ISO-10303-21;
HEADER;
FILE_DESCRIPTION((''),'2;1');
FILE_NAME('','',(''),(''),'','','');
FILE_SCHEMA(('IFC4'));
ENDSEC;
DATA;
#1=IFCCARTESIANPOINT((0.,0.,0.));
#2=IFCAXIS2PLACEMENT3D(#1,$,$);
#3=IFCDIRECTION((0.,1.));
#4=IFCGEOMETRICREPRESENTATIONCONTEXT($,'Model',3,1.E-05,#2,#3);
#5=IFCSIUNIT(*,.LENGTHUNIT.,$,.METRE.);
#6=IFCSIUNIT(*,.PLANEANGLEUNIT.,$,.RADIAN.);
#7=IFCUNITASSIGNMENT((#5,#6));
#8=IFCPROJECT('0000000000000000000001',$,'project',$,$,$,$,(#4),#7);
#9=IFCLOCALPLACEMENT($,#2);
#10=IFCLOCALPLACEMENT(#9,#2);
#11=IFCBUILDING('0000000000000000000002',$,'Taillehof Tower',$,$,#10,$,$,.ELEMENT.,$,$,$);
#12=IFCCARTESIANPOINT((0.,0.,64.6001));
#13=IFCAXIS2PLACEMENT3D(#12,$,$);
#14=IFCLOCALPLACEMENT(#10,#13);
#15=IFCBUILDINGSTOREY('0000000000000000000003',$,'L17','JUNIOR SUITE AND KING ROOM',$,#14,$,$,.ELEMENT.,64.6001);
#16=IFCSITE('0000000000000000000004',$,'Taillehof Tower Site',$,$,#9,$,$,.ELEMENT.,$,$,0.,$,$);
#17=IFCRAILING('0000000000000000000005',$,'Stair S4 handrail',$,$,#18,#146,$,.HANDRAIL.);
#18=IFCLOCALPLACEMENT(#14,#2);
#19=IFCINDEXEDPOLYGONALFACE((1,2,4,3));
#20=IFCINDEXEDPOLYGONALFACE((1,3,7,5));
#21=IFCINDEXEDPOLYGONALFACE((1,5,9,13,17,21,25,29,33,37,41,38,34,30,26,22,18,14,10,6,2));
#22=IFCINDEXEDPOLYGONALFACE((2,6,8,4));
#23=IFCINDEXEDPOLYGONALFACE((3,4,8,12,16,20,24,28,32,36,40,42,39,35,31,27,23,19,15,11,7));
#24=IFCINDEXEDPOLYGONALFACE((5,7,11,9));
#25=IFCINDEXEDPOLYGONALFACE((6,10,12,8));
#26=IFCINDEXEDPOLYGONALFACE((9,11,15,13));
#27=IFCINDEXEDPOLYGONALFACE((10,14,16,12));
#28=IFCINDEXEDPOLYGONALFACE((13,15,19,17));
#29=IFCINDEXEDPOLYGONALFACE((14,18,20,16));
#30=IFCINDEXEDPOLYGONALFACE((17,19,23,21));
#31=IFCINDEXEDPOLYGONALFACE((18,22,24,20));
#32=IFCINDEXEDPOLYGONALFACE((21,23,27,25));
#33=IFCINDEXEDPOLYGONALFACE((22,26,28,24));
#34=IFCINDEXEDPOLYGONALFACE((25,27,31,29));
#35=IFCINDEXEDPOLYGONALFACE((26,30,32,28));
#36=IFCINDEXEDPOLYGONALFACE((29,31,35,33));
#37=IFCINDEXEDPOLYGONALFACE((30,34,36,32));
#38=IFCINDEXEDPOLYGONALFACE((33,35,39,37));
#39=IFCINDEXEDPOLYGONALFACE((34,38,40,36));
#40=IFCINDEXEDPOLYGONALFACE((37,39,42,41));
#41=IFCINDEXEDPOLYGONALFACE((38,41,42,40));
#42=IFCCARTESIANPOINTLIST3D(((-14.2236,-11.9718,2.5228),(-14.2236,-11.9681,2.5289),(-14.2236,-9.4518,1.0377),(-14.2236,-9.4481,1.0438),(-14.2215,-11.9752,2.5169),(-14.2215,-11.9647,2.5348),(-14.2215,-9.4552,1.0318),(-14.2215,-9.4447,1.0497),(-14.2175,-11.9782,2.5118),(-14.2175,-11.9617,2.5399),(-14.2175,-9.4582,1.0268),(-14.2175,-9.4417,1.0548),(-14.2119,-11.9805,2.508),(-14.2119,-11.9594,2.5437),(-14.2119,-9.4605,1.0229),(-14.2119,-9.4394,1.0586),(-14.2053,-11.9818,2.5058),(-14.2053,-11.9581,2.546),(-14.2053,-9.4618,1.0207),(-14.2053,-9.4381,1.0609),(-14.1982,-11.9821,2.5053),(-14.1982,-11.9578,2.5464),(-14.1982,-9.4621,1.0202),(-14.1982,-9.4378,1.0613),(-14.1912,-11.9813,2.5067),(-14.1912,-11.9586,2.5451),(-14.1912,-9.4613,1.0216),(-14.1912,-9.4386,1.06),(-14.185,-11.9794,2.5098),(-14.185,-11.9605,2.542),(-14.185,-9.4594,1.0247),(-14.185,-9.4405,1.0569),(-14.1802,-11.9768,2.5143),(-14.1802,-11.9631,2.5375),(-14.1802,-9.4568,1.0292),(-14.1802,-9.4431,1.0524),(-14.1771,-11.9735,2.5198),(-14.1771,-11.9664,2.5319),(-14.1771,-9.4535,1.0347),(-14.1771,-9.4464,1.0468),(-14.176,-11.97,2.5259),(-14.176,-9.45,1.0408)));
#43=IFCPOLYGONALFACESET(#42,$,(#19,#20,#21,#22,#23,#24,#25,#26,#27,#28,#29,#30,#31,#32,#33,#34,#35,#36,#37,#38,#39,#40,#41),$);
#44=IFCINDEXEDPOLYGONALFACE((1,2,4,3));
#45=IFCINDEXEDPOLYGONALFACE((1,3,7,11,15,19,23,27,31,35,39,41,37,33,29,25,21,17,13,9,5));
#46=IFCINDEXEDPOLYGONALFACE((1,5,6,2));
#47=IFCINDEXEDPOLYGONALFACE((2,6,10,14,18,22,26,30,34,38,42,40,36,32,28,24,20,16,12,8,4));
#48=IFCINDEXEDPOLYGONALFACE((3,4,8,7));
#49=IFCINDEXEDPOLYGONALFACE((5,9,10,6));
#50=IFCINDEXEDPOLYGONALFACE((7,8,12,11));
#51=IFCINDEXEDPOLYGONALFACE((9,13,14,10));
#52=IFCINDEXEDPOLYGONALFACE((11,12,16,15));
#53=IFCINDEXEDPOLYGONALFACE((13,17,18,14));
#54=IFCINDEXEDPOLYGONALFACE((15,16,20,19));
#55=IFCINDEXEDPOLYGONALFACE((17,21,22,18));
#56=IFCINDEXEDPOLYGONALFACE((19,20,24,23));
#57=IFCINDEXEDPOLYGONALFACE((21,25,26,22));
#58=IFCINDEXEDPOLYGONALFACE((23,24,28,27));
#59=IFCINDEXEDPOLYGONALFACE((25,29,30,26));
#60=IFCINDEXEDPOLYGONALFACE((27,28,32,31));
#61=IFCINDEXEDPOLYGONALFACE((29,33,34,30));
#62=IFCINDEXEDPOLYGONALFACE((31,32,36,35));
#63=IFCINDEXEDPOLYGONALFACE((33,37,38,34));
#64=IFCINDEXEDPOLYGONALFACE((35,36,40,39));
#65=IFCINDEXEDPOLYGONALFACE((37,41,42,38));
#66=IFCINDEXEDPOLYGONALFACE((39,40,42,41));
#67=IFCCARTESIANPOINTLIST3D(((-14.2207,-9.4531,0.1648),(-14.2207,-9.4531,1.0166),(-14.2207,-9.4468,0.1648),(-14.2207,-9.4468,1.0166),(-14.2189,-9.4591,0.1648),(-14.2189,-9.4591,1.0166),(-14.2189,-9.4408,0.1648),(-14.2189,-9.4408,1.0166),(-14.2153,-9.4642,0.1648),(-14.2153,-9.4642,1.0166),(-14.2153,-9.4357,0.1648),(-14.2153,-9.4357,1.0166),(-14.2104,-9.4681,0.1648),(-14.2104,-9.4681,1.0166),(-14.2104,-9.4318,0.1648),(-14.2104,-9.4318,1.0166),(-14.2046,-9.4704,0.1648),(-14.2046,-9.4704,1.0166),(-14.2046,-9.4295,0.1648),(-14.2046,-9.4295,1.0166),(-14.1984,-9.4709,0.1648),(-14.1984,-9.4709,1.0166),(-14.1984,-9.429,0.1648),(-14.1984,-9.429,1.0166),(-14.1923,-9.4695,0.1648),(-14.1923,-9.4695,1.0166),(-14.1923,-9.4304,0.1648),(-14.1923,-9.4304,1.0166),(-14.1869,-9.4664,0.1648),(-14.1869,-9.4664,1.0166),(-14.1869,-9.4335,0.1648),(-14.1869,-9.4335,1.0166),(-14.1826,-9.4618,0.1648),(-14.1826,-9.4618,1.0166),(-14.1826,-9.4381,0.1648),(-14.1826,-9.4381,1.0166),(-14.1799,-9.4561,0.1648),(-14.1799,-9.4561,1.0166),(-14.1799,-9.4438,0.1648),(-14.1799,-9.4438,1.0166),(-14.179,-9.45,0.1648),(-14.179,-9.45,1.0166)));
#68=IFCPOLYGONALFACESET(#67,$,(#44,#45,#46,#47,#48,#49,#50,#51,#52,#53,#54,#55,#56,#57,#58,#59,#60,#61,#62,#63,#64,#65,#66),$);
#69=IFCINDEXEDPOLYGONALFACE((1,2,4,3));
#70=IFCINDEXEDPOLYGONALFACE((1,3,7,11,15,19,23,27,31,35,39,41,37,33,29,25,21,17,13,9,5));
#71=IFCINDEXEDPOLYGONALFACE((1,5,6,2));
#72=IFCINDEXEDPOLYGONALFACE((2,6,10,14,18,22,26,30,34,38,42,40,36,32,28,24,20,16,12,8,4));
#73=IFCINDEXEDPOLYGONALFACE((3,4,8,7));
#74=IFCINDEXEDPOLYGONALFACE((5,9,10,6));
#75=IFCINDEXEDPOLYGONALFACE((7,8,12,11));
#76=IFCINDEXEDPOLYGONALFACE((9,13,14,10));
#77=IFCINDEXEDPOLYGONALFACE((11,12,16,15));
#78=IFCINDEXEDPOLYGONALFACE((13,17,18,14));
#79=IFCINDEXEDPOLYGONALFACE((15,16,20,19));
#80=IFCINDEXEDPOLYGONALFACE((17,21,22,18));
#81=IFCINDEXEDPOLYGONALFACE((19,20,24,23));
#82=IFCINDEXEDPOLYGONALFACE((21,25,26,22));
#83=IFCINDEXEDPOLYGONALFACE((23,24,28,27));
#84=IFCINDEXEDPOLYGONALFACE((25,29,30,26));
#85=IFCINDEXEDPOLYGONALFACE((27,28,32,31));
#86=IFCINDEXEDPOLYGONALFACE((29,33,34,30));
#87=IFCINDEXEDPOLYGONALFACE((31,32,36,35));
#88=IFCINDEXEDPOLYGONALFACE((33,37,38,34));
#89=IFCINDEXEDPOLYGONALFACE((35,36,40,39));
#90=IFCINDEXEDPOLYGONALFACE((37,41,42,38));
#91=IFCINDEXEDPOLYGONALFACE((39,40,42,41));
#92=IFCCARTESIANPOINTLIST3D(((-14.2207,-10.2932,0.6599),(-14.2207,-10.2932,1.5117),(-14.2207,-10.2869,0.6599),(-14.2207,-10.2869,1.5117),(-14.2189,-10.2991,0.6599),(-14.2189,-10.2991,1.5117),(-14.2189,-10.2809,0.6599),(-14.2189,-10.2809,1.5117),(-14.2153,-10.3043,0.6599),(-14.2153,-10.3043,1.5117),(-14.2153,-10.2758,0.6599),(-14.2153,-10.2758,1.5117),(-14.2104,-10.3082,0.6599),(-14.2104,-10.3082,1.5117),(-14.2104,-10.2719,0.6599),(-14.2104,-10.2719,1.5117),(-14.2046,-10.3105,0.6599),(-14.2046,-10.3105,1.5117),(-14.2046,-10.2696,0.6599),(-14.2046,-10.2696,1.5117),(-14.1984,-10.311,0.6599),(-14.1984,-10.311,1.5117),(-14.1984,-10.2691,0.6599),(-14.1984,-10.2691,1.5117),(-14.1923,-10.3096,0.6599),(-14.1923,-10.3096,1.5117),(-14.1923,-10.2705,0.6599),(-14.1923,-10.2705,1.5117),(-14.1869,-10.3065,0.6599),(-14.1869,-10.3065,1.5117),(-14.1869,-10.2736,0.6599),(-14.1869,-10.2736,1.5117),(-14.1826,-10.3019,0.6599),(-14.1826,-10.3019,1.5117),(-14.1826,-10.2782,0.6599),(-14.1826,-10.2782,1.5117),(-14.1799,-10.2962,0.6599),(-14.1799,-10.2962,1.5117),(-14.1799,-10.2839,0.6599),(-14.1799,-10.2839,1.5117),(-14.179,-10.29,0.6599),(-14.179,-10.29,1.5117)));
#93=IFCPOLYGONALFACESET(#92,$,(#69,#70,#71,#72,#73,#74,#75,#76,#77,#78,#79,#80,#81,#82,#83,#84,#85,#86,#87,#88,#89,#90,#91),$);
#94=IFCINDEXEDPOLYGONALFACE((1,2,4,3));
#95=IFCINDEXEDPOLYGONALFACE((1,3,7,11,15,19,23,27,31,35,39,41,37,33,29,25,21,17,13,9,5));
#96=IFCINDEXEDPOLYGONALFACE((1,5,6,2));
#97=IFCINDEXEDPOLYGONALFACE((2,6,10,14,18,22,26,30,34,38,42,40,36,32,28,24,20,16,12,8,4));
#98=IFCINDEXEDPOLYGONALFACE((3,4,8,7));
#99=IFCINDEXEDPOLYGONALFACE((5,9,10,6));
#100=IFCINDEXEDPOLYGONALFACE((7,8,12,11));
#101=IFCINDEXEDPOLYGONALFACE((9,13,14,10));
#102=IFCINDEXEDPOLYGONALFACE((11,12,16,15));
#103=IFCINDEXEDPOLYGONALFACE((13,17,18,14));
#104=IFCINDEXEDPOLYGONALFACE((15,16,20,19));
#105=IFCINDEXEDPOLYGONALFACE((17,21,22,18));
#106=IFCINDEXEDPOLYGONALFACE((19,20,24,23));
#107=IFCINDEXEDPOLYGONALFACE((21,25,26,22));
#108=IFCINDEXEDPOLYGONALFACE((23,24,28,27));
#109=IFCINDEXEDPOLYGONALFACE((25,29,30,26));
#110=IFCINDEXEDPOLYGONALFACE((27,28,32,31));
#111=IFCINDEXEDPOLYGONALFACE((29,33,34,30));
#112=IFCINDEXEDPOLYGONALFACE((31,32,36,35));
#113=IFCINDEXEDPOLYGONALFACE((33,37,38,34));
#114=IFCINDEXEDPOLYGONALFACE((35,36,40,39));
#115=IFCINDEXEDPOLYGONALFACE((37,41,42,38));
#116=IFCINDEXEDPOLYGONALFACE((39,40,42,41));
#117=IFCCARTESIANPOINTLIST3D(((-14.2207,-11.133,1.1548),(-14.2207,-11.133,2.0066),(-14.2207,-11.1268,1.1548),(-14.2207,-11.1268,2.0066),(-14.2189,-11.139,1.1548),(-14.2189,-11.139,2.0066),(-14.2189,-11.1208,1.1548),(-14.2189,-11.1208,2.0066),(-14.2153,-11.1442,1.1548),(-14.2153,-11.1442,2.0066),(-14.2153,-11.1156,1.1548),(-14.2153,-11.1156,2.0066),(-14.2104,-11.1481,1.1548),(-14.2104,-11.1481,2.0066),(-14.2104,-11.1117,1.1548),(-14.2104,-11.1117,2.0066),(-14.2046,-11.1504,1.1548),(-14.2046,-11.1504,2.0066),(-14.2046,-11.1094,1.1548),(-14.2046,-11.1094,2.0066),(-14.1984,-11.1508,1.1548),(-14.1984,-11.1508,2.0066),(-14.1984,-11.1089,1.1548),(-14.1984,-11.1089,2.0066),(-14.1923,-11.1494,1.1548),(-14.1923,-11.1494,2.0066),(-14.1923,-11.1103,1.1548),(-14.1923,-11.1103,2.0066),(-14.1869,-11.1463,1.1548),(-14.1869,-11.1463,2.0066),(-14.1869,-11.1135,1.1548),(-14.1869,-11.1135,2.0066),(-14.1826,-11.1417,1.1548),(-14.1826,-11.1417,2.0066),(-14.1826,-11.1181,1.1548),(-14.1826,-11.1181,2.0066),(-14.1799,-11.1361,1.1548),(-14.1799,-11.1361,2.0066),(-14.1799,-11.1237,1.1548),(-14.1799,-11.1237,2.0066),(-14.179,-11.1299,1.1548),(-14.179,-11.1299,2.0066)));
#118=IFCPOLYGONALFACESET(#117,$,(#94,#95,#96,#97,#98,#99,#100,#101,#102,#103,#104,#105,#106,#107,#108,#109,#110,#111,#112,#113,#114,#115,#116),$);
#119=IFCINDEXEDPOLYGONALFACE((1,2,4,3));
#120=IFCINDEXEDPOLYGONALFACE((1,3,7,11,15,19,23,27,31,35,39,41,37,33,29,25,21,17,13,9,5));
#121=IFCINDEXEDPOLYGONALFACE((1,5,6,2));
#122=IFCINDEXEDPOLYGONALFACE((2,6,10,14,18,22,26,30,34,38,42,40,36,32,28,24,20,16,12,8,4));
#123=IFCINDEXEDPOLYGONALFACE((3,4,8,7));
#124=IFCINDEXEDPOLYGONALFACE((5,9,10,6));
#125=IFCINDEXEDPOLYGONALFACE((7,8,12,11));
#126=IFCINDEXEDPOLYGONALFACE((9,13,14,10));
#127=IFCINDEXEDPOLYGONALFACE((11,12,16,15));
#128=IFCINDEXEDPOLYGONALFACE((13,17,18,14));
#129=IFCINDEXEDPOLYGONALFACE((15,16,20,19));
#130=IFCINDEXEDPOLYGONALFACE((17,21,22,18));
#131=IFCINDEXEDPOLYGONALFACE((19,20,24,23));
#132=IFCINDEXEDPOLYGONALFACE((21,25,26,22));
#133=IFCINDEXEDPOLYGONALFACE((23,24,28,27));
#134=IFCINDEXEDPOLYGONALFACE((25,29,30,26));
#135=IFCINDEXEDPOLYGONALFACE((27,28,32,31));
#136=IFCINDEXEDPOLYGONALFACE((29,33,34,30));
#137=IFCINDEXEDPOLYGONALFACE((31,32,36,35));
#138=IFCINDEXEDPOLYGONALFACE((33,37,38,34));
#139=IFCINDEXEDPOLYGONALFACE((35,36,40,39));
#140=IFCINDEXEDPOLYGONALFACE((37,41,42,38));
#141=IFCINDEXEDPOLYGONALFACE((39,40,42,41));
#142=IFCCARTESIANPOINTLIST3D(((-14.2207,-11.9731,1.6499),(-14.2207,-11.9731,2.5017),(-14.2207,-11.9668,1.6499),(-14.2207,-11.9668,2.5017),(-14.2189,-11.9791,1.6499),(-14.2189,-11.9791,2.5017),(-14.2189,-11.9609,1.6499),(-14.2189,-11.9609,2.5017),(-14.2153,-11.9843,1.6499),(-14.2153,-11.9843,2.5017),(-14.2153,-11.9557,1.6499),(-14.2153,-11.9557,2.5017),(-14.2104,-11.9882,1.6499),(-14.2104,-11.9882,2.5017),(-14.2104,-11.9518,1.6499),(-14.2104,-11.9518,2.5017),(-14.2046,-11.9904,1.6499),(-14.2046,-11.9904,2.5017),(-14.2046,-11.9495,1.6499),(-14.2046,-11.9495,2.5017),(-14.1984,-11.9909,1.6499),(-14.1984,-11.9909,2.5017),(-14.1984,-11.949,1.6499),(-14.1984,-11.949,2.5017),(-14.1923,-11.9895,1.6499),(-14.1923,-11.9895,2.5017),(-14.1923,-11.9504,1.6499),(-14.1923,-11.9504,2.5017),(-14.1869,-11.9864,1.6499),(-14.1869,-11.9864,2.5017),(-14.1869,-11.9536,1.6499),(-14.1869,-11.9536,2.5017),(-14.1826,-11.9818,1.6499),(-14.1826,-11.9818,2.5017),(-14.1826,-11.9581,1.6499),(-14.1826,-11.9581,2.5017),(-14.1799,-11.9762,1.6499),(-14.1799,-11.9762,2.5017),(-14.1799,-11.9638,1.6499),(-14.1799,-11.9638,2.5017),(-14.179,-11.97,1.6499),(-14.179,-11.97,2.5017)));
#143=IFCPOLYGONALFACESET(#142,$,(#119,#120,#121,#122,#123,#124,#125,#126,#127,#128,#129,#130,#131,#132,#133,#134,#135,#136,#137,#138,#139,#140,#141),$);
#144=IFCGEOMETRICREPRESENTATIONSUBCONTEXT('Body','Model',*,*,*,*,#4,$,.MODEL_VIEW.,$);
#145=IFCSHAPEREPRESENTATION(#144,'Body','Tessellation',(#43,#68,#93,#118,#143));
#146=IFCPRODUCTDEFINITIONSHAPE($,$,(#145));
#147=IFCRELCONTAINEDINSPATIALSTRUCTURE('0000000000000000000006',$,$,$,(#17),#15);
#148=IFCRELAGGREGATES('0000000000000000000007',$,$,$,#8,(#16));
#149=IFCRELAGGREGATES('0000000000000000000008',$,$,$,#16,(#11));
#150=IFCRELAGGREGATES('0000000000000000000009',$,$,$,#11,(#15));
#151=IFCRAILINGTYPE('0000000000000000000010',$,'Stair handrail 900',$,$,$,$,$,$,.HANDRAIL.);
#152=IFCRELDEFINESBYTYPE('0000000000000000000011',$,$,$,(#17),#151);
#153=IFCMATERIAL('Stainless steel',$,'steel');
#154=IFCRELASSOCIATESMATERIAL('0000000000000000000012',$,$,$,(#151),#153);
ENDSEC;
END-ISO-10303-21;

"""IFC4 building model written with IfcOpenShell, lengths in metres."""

from ifc_helpers import new_model, si_unit, direction, frame, origin, origin_2d, place, context, subcontext, project, spatial, circle, extrude, material, type_object, element, save


model = new_model("IFC4")

# Units and contexts
model_context = context("Model", 3, precision=1e-05, world=origin(), true_north=direction((0.0, 1.0)))
body_context = subcontext(model_context, "Body", "Model", "MODEL_VIEW")
ifc_project = project(units=[si_unit("LENGTHUNIT", "METRE"), si_unit("PLANEANGLEUNIT", "RADIAN")], contexts=[model_context])

# Site, building, storey
site_placement = place(None, origin())
site = spatial("IfcSite", under=ifc_project, at=site_placement, Name="Taillehof Tower Site", CompositionType="ELEMENT", RefElevation=0.0)
building_placement = place(site_placement, origin())
building = spatial("IfcBuilding", under=site, at=building_placement, Name="Taillehof Tower", CompositionType="ELEMENT")
storey_placement = place(building_placement, frame((0.0, 0.0, 64.6001)))
storey = spatial("IfcBuildingStorey", under=building, at=storey_placement, Name="L17", Description="JUNIOR SUITE AND KING ROOM", CompositionType="ELEMENT", Elevation=64.6001)

# Railing
ifc_material_1 = material(Name="Stainless steel", Category="steel")
railing_type = type_object("IfcRailingType", Name="Stair handrail 900", PredefinedType="HANDRAIL", material=ifc_material_1)
railing_1_placement = place(storey_placement, frame((-14.2, -9.45, 0.1648)))
element("IfcRailing", 1, at=railing_1_placement, inside=storey, type_object=railing_type, Name="Stair S4 handrail", PredefinedType="HANDRAIL", context=body_context, shape_type="SweptSolid", body=[
    extrude(circle(Radius=0.0239, at=origin_2d()), frame((0.0, 0.0, 0.876), z_axis=(0.0, -0.861524, 0.507717), x_axis=(1.0, 0.0, 0.0)), (0.0, 0.0, 1.0), 2.925),
    extrude(circle(Radius=0.021, at=origin_2d()), origin(), (0.0, 0.0, 1.0), 0.8518),
    extrude(circle(Radius=0.021, at=origin_2d()), frame((0.0, -0.8401, 0.4951)), (0.0, 0.0, 1.0), 0.8518),
    extrude(circle(Radius=0.021, at=origin_2d()), frame((0.0, -1.6799, 0.99)), (0.0, 0.0, 1.0), 0.8518),
    extrude(circle(Radius=0.021, at=origin_2d()), frame((0.0, -2.52, 1.4851)), (0.0, 0.0, 1.0), 0.8518),
])

save(model, "model.ifc")
